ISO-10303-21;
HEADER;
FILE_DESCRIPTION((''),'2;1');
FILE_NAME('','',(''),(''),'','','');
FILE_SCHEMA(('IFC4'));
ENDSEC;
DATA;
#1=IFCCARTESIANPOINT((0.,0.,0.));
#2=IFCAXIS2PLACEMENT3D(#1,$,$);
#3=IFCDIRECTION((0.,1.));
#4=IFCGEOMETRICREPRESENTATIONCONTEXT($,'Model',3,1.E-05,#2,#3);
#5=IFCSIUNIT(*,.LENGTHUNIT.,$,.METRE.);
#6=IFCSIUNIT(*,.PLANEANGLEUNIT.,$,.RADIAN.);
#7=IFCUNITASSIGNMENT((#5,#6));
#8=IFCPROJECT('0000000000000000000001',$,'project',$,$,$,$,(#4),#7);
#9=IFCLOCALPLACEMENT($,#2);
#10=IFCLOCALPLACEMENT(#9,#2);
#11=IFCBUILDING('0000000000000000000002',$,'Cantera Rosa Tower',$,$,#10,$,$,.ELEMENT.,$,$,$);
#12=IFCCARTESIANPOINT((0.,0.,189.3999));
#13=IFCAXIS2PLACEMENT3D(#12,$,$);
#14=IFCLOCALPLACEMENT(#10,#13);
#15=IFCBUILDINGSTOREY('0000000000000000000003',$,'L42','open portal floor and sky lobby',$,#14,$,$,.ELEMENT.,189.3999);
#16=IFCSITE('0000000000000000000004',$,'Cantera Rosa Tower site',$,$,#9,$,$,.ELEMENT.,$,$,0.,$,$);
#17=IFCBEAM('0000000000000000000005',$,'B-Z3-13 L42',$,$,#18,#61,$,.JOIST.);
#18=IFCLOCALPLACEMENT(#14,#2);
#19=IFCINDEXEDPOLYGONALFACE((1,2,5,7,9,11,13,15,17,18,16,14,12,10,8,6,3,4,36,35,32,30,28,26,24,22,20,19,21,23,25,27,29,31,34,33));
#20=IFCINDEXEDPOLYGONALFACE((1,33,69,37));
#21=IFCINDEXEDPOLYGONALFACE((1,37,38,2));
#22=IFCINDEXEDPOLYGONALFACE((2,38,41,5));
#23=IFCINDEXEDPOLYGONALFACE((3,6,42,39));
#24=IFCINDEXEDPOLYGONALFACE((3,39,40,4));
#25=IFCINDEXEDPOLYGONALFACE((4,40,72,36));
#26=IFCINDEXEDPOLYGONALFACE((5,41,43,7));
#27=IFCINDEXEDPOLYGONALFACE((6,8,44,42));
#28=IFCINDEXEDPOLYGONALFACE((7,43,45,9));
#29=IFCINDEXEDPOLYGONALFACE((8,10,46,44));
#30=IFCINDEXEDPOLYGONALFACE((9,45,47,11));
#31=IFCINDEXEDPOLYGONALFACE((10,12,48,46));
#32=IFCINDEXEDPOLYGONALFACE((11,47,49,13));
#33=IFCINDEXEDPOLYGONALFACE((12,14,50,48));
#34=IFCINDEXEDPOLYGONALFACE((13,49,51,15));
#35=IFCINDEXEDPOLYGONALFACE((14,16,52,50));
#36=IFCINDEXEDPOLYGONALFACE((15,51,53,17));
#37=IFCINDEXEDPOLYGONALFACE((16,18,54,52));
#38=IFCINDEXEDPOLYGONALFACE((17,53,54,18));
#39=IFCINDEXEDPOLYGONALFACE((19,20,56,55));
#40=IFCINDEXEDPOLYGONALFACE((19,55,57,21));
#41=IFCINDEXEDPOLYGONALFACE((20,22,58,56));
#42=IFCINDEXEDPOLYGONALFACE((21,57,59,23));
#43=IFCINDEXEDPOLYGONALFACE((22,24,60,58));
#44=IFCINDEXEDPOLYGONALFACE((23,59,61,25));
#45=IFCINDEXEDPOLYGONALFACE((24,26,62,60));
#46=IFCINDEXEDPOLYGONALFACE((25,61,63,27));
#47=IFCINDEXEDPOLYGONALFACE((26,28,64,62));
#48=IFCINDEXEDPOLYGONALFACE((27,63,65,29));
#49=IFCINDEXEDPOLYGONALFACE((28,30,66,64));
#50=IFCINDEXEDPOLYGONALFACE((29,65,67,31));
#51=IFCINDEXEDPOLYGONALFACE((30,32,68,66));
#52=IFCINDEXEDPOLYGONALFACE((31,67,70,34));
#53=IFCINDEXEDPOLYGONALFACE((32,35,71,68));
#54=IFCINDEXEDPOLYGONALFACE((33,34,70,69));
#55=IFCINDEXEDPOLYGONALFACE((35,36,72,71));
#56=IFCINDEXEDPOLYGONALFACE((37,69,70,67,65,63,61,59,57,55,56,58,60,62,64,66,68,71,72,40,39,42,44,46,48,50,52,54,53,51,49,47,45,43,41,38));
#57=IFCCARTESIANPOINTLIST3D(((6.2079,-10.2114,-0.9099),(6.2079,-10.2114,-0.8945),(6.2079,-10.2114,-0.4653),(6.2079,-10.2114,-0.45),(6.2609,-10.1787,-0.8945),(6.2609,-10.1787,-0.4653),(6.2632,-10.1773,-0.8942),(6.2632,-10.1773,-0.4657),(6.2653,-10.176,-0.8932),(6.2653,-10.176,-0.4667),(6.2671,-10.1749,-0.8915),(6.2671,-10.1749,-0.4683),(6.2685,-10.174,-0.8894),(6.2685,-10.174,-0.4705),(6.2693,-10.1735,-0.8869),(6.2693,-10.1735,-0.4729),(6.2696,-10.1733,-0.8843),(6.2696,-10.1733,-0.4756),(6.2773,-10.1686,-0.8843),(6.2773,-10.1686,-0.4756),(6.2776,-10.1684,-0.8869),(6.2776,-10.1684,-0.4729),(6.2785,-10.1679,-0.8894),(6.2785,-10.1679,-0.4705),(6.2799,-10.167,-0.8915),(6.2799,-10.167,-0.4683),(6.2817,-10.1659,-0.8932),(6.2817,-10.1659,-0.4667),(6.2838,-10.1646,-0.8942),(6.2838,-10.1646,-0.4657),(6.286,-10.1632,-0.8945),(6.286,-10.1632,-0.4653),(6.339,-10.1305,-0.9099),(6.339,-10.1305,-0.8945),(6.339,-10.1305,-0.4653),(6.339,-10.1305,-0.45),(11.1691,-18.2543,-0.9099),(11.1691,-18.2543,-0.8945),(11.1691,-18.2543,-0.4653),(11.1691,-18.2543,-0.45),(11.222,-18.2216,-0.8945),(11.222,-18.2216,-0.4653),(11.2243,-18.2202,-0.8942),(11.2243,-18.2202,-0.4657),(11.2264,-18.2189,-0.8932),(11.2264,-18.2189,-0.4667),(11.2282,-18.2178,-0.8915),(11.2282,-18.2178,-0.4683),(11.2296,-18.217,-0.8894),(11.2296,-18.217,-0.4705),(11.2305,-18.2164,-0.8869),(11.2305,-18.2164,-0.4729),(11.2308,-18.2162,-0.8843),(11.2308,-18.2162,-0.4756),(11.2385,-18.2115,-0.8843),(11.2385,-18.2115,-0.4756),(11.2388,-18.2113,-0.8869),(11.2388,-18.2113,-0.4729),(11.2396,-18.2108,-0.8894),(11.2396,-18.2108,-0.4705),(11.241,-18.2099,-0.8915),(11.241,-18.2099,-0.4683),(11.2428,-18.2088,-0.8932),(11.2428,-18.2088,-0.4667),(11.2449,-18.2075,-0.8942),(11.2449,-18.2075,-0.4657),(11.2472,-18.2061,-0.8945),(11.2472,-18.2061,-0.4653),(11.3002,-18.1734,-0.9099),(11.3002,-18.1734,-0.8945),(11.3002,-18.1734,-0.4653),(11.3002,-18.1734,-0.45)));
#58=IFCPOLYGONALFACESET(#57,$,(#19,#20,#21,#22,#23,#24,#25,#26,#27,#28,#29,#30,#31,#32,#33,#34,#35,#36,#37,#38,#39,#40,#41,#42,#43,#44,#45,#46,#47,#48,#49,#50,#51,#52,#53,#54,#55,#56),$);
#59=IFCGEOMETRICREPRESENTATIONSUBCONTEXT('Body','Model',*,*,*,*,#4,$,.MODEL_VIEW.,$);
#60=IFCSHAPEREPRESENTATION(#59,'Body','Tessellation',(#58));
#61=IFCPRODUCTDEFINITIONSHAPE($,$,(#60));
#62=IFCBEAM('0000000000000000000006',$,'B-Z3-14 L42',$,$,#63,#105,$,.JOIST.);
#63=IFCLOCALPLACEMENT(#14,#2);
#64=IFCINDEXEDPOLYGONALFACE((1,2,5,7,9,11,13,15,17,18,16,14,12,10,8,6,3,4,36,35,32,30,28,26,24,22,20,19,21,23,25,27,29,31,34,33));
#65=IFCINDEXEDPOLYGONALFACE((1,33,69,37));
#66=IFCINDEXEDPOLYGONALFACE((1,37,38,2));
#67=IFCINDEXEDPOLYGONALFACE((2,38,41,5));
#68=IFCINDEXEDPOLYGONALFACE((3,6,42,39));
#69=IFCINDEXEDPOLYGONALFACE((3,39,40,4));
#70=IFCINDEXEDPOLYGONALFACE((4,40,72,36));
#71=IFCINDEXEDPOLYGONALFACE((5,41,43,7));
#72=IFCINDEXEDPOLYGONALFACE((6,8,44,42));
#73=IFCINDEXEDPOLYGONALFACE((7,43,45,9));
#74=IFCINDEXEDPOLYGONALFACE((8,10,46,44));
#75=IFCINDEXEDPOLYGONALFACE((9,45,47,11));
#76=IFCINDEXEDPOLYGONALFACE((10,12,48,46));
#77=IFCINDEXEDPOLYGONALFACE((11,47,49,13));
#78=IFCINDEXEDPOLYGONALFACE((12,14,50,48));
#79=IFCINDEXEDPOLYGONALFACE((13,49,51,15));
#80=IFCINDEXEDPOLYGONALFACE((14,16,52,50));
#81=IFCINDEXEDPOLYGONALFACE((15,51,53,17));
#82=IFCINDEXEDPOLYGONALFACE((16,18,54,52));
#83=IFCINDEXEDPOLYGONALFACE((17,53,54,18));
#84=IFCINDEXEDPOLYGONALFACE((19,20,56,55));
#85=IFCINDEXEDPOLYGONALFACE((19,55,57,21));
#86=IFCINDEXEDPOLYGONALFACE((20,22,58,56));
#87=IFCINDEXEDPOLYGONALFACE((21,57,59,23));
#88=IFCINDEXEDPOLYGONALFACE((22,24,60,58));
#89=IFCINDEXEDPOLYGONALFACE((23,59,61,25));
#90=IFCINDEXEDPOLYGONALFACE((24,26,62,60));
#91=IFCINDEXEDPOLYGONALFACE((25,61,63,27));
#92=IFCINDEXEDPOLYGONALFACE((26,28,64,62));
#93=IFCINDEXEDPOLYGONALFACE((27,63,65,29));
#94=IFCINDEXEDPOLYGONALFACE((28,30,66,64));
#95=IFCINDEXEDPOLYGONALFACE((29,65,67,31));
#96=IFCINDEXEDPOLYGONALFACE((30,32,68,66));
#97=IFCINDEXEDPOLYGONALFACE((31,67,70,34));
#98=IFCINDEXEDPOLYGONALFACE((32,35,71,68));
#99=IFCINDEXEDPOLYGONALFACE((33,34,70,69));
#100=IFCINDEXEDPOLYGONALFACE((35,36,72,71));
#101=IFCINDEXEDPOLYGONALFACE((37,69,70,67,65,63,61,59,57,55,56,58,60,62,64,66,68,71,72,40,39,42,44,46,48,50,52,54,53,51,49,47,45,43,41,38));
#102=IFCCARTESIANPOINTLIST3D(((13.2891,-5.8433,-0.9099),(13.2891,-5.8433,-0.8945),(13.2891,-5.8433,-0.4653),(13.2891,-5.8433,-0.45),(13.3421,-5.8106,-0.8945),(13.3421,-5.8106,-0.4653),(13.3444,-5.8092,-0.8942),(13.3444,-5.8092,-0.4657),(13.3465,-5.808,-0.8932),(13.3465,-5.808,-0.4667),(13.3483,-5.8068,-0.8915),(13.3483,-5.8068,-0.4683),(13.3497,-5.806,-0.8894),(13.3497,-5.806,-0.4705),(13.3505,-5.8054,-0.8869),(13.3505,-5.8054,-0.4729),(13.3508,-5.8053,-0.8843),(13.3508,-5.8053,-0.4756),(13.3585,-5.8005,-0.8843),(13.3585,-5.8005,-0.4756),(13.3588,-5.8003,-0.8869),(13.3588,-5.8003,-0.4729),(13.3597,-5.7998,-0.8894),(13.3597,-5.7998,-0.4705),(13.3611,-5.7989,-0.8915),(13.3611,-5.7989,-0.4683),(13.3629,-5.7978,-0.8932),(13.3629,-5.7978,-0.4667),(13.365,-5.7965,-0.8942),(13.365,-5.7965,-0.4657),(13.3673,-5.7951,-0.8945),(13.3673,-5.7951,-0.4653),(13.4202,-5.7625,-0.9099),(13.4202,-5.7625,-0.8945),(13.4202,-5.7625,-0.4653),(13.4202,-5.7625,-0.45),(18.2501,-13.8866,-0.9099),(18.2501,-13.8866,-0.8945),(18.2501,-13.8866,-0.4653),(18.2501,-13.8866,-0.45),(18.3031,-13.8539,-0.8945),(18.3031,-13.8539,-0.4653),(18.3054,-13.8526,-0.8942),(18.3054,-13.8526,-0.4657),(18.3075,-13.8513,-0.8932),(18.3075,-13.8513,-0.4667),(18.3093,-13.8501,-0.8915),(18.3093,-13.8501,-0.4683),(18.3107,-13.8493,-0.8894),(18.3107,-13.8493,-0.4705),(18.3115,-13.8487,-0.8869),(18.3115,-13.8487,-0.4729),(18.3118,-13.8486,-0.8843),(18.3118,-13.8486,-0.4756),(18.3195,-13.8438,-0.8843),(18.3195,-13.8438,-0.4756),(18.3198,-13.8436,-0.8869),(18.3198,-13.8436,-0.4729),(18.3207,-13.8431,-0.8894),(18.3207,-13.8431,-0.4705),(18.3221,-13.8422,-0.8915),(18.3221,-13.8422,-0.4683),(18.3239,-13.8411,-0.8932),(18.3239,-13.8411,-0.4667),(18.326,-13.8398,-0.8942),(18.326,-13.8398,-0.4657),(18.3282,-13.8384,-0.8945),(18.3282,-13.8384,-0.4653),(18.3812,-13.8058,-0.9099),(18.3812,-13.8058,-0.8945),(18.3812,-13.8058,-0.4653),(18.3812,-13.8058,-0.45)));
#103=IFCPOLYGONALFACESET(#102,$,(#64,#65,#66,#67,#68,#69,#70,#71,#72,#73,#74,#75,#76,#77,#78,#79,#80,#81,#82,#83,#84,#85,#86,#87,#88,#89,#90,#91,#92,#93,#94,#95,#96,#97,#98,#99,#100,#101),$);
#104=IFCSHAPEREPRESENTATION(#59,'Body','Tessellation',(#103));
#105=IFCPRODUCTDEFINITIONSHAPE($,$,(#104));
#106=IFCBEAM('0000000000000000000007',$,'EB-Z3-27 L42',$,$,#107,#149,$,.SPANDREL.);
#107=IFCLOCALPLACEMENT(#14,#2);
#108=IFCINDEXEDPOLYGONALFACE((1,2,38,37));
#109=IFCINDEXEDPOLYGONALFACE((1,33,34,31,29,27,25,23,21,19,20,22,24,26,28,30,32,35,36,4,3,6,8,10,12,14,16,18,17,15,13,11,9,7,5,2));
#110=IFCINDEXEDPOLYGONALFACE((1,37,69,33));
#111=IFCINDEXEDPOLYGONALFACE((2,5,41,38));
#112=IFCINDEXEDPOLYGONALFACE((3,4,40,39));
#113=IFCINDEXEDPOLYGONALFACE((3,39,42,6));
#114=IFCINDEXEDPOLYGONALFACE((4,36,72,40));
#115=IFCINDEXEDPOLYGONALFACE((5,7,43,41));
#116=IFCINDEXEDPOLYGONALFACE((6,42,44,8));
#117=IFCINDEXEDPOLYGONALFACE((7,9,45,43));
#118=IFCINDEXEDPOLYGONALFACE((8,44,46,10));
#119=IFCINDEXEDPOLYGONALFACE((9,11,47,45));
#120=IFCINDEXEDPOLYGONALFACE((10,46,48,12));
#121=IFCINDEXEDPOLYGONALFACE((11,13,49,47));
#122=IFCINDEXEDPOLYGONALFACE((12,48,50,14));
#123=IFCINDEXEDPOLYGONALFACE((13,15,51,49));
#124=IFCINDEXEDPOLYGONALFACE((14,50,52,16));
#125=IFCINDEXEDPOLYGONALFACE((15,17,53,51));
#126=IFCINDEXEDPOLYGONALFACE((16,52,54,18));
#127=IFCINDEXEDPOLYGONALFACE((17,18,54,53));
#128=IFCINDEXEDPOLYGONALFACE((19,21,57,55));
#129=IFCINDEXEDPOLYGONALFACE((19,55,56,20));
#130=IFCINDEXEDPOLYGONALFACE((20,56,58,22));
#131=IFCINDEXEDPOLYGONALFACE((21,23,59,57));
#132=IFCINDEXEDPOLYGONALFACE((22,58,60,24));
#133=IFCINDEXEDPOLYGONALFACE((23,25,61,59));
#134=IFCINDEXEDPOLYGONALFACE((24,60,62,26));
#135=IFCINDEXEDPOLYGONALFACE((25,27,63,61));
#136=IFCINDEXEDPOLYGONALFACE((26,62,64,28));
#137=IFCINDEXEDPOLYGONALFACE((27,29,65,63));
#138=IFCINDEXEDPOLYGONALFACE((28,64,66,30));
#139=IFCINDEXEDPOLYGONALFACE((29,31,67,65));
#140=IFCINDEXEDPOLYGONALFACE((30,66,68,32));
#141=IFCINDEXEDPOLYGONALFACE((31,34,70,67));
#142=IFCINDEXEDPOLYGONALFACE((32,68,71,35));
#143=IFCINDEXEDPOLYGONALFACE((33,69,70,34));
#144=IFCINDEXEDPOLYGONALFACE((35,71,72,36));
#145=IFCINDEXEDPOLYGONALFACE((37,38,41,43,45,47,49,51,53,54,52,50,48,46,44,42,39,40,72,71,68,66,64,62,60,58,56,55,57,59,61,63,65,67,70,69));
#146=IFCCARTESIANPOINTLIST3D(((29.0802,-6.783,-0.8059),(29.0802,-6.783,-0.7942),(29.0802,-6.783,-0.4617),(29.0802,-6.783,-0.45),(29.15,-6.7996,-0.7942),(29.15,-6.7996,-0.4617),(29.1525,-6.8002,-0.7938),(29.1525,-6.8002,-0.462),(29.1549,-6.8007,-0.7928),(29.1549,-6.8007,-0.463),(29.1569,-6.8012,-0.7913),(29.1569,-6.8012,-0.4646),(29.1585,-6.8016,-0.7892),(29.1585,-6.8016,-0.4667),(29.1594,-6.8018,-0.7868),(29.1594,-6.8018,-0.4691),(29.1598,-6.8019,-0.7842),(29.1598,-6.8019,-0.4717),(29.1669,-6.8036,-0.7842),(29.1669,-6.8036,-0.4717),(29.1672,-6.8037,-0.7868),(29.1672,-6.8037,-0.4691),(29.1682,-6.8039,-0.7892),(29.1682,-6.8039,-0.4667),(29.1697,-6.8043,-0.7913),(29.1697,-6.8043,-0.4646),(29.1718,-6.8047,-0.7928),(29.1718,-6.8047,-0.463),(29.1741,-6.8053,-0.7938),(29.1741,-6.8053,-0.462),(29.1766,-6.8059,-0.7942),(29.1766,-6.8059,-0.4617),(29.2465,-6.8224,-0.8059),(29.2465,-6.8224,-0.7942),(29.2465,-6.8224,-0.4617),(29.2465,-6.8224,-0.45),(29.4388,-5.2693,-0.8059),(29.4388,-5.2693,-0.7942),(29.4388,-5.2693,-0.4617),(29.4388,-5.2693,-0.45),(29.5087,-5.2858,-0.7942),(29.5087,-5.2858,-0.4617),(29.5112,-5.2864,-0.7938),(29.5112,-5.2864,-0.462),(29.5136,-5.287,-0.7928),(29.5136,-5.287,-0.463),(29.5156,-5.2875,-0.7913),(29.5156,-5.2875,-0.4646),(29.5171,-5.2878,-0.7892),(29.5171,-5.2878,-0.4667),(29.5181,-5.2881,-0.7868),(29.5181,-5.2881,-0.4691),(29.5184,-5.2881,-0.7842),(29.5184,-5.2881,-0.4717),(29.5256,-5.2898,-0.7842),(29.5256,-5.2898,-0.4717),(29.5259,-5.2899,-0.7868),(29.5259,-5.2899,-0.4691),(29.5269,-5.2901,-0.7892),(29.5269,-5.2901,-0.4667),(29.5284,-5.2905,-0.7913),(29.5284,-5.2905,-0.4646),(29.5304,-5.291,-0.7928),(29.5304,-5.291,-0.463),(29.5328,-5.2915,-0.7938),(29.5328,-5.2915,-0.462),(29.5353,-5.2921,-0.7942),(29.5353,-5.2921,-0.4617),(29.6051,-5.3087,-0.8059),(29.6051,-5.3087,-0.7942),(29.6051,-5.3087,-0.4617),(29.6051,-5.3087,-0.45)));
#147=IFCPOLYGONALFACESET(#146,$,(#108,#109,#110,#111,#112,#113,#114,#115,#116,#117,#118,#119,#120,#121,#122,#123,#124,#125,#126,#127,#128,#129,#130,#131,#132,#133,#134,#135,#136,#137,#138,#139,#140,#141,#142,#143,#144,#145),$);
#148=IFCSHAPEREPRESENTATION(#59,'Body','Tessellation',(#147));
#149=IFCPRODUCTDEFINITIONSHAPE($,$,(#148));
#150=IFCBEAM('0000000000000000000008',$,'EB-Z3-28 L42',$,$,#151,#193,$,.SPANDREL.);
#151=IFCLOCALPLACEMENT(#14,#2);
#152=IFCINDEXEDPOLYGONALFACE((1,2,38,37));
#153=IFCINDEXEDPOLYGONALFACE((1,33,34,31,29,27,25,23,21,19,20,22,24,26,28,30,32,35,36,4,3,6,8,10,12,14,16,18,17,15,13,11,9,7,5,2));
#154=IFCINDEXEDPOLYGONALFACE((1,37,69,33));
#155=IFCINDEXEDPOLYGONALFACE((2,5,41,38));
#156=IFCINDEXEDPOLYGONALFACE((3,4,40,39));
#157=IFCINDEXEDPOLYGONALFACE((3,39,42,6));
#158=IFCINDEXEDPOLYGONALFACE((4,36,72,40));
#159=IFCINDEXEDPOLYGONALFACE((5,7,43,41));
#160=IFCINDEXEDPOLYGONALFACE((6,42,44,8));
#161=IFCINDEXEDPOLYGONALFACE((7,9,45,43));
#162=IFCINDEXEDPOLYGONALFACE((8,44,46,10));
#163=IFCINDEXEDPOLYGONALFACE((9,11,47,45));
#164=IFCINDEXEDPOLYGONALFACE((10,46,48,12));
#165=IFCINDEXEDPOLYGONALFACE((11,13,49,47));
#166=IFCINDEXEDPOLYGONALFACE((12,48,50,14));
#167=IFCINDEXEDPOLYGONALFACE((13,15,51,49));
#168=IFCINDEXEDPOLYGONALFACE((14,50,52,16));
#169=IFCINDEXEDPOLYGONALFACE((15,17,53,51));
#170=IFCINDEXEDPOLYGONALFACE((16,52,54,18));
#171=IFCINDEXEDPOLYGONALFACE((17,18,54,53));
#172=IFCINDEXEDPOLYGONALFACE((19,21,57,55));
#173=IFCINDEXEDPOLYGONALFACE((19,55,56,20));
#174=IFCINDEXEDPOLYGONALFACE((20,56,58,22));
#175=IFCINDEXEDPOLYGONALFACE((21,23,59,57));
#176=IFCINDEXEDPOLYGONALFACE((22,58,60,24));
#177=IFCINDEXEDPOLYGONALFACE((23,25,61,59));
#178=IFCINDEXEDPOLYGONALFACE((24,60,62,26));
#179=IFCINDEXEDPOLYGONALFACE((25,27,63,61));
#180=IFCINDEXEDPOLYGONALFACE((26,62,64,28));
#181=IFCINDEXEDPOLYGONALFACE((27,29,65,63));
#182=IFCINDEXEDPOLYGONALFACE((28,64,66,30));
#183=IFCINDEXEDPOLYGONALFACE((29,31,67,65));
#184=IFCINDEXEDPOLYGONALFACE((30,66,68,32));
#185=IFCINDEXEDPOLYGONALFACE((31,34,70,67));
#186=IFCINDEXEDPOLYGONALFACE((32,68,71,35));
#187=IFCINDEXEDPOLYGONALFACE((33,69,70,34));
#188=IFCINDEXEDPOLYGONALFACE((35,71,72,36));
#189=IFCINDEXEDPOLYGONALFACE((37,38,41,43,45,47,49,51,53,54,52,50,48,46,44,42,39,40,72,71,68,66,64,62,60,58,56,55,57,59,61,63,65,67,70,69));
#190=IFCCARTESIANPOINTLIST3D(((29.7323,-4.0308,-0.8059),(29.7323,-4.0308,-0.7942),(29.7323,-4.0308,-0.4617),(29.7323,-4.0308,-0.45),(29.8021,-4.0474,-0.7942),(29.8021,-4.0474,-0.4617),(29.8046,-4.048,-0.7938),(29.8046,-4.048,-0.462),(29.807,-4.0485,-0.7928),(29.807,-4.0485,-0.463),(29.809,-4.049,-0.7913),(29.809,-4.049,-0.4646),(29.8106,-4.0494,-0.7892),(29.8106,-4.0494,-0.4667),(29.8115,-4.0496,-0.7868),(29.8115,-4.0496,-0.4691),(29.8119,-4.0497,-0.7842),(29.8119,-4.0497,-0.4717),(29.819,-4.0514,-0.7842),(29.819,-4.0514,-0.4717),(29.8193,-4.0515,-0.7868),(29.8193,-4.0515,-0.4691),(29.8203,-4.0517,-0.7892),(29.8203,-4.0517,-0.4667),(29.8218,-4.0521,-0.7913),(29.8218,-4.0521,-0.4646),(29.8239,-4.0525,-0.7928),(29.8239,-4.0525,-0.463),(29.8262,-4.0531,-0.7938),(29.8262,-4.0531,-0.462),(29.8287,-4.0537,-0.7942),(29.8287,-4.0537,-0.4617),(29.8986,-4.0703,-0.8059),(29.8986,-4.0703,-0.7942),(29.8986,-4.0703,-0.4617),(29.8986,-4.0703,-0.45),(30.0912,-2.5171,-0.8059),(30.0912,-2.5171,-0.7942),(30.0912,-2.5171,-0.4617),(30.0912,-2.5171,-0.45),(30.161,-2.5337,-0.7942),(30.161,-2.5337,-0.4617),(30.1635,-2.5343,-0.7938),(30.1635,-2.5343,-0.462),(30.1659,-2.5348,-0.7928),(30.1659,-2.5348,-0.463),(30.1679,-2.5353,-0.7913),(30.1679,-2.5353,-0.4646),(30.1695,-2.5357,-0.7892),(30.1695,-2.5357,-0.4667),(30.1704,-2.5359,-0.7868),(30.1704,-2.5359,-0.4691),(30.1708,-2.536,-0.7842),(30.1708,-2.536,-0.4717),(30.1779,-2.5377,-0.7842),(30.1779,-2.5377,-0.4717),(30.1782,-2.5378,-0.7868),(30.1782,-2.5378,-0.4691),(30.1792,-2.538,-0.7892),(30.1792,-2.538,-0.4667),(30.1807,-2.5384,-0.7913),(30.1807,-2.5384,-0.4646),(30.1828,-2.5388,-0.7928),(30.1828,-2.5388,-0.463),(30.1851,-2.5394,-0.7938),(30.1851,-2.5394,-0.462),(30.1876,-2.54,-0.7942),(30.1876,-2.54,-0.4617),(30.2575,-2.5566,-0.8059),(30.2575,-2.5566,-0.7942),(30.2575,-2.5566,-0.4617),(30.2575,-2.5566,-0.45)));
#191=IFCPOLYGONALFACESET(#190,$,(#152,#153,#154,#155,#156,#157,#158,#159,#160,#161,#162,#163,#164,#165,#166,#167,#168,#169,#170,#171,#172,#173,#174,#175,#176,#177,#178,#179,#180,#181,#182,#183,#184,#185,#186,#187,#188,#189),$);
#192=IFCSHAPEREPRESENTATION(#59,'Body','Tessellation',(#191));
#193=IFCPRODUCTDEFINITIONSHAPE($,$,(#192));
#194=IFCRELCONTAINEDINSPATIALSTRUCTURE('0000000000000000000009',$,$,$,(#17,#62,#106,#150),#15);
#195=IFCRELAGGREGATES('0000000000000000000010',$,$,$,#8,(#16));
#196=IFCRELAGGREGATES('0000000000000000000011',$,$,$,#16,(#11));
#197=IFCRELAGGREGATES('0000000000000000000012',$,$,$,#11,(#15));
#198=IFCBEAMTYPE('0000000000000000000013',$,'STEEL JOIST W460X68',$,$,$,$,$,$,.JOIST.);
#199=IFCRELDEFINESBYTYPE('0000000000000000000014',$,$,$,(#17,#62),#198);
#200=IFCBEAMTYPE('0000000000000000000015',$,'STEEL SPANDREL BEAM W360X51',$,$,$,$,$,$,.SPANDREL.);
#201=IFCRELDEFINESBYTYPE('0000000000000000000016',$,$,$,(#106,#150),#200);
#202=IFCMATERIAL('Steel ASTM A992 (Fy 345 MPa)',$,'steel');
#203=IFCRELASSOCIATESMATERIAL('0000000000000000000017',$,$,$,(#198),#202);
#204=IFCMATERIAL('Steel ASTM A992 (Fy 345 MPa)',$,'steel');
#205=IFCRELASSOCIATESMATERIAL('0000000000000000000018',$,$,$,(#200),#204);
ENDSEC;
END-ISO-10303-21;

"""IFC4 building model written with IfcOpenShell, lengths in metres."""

from ifc_helpers import new_model, si_unit, direction, frame, origin, origin_2d, place, context, subcontext, project, spatial, i_section, extrude, material, material_profile, profile_set, type_object, element, save


model = new_model("IFC4")

# Units and contexts
model_context = context("Model", 3, precision=1e-05, world=origin(), true_north=direction((0.0, 1.0)))
body_context = subcontext(model_context, "Body", "Model", "MODEL_VIEW")
ifc_project = project(units=[si_unit("LENGTHUNIT", "METRE"), si_unit("PLANEANGLEUNIT", "RADIAN")], contexts=[model_context])

# Site, building, storey
site_placement = place(None, origin())
site = spatial("IfcSite", under=ifc_project, at=site_placement, Name="Cantera Rosa Tower site", CompositionType="ELEMENT", RefElevation=0.0)
building_placement = place(site_placement, origin())
building = spatial("IfcBuilding", under=site, at=building_placement, Name="Cantera Rosa Tower", CompositionType="ELEMENT")
storey_placement = place(building_placement, frame((0.0, 0.0, 189.3999)))
storey = spatial("IfcBuildingStorey", under=building, at=storey_placement, Name="L42", Description="open portal floor and sky lobby", CompositionType="ELEMENT", Elevation=189.3999)

# Beams
ifc_material_1 = material(Name="Steel ASTM A992 (Fy 345 MPa)", Category="steel")
ifc_material_profile_1 = material_profile(ifc_material_1, i_section(OverallWidth=0.1541, OverallDepth=0.46, WebThickness=0.009, FlangeThickness=0.0154, FilletRadius=0.0103, at=origin_2d()), Name="W460X68")
ifc_profile_set_1 = profile_set([ifc_material_profile_1], Name="Steel ASTM A992 (Fy 345 MPa)")
beam_type_1 = type_object("IfcBeamType", Name="STEEL JOIST W460X68", PredefinedType="JOIST", material=ifc_profile_set_1)
beam_1_placement = place(storey_placement, frame((11.2346, -18.2139, -0.6799), z_axis=(-0.524992, 0.851107, 0.0), x_axis=(-0.851107, -0.524992, 0.0)))
element("IfcBeam", 1, at=beam_1_placement, inside=storey, type_object=beam_type_1, Name="B-Z3-13 L42", PredefinedType="JOIST", context=body_context, shape_type="SweptSolid", body=[
    extrude(i_section(OverallWidth=0.1541, OverallDepth=0.46, WebThickness=0.009, FlangeThickness=0.0154, FilletRadius=0.0103, at=origin_2d()), origin(), (0.0, 0.0, 1.0), 9.45),
])
beam_2_placement = place(storey_placement, frame((18.3157, -13.8462, -0.6799), z_axis=(-0.524962, 0.851126, 0.0), x_axis=(-0.851126, -0.524962, 0.0)))
element("IfcBeam", 2, at=beam_2_placement, inside=storey, type_object=beam_type_1, Name="B-Z3-14 L42", PredefinedType="JOIST", context=body_context, shape_type="SweptSolid", body=[
    extrude(i_section(OverallWidth=0.1541, OverallDepth=0.46, WebThickness=0.009, FlangeThickness=0.0154, FilletRadius=0.0103, at=origin_2d()), origin(), (0.0, 0.0, 1.0), 9.4502),
])
ifc_material_2 = material(Name="Steel ASTM A992 (Fy 345 MPa)", Category="steel")
ifc_material_profile_2 = material_profile(ifc_material_2, i_section(OverallWidth=0.1709, OverallDepth=0.356, WebThickness=0.0073, FlangeThickness=0.0117, FilletRadius=0.01, at=origin_2d()), Name="W360X51")
ifc_profile_set_2 = profile_set([ifc_material_profile_2], Name="Steel ASTM A992 (Fy 345 MPa)")
beam_type_2 = type_object("IfcBeamType", Name="STEEL SPANDREL BEAM W360X51", PredefinedType="SPANDREL", material=ifc_profile_set_2)
for number, where, z_axis, x_axis, name in (
    (3, (29.1633, -6.8027, -0.6279), (0.230552, 0.97306, 0.0), (-0.97306, 0.230552, 0.0), "EB-Z3-27 L42"),
    (4, (29.8154, -4.0505, -0.6279), (0.230701, 0.973025, 0.0), (-0.973025, 0.230701, 0.0), "EB-Z3-28 L42"),
):
    element("IfcBeam", number, at=place(storey_placement, frame(where, z_axis=z_axis, x_axis=x_axis)), inside=storey, type_object=beam_type_2, Name=name, PredefinedType="SPANDREL", context=body_context, shape_type="SweptSolid", body=[
        extrude(i_section(OverallWidth=0.1709, OverallDepth=0.356, WebThickness=0.0073, FlangeThickness=0.0117, FilletRadius=0.01, at=origin_2d()), origin(), (0.0, 0.0, 1.0), 1.5557),
    ])

save(model, "model.ifc")
